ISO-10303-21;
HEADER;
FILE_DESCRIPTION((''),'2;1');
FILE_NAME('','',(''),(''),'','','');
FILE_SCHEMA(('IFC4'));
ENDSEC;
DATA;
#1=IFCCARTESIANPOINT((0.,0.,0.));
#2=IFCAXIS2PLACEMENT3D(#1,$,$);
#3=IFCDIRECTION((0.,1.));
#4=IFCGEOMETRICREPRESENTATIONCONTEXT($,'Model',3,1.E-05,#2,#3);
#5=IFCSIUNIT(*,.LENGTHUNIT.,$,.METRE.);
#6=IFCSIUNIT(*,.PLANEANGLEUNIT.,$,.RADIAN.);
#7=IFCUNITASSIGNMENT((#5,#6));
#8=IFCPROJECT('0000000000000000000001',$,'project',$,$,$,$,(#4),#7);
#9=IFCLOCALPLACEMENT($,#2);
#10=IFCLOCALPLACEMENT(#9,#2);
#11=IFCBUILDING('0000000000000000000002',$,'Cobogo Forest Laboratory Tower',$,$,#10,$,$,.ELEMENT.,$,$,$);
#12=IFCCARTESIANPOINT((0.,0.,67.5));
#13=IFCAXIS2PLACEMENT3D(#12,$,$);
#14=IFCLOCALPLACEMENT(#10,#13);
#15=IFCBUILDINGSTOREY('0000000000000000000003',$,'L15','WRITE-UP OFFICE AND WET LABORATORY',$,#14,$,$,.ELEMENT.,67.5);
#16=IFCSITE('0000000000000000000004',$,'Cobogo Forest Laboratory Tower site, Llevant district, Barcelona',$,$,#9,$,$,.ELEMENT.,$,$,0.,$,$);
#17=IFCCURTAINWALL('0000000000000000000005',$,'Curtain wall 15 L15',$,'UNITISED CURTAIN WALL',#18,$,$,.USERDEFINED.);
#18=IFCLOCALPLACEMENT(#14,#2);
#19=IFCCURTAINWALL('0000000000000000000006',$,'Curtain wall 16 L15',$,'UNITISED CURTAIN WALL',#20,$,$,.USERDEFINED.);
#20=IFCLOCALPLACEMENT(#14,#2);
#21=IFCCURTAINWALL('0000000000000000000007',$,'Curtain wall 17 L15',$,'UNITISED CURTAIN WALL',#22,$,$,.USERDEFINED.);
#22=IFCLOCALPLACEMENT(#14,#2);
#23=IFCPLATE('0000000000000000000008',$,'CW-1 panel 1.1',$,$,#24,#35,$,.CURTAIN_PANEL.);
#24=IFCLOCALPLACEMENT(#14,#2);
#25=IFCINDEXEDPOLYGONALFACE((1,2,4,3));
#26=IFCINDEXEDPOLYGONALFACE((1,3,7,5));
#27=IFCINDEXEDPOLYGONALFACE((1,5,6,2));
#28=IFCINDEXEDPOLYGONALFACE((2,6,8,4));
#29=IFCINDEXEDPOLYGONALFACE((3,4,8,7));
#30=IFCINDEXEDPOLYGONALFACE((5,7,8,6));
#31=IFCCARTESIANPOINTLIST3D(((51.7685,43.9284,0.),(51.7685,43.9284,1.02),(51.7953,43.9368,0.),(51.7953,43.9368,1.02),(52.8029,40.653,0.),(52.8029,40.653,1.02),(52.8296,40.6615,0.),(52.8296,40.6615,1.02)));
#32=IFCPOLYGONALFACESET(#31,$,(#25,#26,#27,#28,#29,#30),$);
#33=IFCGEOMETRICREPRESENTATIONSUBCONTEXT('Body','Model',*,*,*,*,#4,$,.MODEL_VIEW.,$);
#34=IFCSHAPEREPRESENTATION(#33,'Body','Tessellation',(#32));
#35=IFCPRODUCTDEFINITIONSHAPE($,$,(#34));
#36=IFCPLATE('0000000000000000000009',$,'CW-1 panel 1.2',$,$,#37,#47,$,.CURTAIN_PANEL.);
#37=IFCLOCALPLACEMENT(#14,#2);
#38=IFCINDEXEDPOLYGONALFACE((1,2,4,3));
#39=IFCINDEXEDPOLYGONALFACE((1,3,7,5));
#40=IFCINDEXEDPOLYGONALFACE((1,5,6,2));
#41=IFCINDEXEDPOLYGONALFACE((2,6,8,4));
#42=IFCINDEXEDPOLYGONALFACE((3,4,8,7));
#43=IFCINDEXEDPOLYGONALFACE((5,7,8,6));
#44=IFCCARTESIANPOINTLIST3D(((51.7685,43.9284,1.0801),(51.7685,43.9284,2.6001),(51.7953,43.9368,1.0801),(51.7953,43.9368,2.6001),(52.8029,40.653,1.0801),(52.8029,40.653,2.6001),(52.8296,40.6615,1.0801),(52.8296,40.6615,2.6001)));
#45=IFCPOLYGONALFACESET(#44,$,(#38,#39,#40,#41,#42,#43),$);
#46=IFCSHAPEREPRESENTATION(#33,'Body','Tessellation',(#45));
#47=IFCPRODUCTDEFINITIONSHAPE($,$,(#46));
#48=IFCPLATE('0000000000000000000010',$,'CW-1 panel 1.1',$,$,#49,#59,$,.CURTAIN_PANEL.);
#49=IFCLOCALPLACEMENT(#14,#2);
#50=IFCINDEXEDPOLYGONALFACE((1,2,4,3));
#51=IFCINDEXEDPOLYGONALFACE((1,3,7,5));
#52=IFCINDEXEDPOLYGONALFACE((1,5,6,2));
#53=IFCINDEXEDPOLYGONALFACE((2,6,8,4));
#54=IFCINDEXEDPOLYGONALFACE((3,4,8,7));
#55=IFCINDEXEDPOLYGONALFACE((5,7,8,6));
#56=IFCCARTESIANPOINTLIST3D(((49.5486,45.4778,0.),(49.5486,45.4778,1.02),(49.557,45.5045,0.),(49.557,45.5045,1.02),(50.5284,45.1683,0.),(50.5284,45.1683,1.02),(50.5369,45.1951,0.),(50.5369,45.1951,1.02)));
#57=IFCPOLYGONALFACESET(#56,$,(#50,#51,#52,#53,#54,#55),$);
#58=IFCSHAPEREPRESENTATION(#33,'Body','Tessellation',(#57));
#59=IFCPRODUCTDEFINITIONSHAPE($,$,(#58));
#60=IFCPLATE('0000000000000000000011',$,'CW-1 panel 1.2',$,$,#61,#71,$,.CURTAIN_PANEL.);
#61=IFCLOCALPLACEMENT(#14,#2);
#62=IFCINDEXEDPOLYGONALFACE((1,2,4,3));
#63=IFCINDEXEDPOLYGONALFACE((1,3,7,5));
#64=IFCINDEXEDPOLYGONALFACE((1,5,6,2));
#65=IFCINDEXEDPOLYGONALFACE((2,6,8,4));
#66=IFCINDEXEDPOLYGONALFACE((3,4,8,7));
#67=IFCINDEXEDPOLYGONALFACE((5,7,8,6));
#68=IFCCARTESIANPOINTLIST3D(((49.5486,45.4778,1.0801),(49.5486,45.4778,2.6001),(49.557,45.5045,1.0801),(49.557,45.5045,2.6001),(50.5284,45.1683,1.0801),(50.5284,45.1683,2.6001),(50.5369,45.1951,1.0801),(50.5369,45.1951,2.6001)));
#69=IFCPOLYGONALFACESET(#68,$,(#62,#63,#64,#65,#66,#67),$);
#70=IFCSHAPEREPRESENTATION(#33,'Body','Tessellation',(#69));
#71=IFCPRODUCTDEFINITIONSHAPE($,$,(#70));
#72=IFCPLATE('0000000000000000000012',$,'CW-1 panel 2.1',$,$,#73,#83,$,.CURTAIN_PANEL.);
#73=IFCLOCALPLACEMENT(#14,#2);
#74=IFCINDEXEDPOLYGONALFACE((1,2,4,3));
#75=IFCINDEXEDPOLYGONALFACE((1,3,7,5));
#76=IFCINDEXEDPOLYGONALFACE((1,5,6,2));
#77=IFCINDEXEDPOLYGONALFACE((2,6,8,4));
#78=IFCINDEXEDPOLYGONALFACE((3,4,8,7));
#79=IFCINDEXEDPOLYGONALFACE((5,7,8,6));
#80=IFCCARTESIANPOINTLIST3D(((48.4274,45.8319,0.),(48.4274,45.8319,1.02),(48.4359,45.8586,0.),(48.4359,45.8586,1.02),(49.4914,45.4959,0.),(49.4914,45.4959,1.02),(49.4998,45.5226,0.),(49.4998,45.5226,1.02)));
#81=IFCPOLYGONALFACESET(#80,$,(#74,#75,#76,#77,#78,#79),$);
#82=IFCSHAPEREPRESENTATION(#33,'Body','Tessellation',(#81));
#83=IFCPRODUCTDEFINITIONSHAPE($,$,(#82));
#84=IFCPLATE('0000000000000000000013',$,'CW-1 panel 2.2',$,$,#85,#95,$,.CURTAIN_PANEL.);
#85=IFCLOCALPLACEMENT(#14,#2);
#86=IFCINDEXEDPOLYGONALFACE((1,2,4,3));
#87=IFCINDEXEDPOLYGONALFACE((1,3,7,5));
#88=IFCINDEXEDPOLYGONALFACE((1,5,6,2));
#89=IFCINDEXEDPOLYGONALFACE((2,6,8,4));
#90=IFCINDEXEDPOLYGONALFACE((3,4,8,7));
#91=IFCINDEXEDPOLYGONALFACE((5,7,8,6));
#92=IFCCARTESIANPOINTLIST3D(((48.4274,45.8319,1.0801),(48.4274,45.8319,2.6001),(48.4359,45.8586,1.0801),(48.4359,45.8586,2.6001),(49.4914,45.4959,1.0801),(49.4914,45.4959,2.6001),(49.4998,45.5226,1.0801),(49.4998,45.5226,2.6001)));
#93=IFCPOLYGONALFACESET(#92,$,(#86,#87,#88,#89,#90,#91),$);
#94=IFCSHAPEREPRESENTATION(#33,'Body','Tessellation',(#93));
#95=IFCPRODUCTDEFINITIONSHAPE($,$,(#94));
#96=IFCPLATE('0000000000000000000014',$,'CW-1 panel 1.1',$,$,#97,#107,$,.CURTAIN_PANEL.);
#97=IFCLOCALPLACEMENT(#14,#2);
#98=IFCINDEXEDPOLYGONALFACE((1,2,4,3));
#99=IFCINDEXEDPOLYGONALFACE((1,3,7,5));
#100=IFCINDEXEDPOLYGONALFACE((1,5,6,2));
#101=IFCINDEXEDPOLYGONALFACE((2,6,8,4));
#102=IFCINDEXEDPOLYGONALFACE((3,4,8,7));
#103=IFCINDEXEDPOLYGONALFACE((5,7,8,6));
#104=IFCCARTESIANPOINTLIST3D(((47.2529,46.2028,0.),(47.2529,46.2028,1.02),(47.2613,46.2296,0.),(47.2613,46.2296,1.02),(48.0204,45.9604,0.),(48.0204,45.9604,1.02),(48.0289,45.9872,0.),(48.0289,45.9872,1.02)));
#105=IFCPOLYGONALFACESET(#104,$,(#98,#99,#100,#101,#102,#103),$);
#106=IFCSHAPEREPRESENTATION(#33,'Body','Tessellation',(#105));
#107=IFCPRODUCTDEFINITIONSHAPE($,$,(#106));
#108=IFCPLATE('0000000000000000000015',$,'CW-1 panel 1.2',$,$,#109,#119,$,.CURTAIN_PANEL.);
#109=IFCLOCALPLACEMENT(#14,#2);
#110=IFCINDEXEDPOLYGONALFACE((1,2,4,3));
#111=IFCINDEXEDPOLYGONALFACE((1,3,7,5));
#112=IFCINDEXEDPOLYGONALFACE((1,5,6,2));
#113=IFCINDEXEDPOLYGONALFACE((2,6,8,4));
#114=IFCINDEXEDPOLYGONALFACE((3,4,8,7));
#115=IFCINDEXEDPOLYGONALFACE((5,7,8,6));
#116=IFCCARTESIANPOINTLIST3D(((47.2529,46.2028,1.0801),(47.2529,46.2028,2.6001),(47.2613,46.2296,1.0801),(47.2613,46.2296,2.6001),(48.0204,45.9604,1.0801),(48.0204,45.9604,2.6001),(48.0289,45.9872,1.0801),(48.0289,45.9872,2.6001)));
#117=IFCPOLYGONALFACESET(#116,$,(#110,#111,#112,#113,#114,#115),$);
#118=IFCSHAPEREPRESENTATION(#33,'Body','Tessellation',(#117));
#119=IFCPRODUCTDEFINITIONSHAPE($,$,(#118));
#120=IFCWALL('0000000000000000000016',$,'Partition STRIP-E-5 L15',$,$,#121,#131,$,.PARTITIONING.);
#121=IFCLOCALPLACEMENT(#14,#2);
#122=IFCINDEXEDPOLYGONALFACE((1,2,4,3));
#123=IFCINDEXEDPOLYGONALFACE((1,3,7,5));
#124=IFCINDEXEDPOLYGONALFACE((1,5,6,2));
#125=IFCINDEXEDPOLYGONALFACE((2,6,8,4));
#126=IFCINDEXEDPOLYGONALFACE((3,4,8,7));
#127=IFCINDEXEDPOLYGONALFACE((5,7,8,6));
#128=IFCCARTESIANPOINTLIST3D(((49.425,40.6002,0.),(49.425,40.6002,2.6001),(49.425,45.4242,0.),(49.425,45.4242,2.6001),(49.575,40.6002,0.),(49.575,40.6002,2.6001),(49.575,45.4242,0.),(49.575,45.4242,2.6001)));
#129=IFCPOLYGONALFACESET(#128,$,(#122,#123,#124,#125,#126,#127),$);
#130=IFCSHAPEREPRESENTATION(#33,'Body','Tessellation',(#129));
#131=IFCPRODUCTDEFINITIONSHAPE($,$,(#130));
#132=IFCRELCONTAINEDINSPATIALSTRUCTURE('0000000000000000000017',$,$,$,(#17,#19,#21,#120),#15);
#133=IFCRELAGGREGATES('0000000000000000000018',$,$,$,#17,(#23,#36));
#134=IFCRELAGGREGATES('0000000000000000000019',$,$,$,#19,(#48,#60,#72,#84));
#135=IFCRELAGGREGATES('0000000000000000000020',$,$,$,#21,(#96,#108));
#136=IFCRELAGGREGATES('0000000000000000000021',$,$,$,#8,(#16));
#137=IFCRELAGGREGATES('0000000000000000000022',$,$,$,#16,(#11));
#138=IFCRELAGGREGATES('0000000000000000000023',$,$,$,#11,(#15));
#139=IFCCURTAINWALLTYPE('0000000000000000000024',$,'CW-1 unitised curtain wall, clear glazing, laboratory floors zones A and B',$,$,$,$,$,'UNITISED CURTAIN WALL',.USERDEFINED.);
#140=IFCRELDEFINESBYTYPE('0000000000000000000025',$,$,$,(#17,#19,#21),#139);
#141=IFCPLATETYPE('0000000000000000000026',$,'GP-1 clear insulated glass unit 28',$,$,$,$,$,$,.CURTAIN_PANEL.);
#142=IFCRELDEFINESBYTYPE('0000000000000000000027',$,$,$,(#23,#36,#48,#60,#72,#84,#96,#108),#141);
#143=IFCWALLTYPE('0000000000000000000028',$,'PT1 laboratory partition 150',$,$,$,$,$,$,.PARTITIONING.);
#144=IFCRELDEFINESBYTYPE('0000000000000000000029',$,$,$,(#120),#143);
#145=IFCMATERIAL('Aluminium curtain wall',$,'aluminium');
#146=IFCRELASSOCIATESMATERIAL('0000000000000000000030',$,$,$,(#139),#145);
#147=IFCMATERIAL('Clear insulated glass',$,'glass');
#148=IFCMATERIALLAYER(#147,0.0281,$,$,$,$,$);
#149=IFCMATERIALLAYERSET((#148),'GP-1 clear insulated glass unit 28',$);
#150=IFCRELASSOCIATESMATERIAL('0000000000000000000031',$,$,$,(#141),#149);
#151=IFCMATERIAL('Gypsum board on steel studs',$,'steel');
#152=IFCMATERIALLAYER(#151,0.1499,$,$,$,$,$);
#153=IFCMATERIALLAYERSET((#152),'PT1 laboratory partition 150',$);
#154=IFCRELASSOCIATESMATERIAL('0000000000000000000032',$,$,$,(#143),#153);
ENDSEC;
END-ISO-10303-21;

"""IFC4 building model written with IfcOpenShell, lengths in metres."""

from ifc_helpers import new_model, si_unit, direction, frame, frame_2d, origin, origin_2d, place, context, subcontext, project, spatial, rectangle, extrude, material, layer, layer_set, type_object, element, aggregate, save


model = new_model("IFC4")

# Units and contexts
model_context = context("Model", 3, precision=1e-05, world=origin(), true_north=direction((0.0, 1.0)))
body_context = subcontext(model_context, "Body", "Model", "MODEL_VIEW")
ifc_project = project(units=[si_unit("LENGTHUNIT", "METRE"), si_unit("PLANEANGLEUNIT", "RADIAN")], contexts=[model_context])

# Site, building, storey
site_placement = place(None, origin())
site = spatial("IfcSite", under=ifc_project, at=site_placement, Name="Cobogo Forest Laboratory Tower site, Llevant district, Barcelona", CompositionType="ELEMENT", RefElevation=0.0)
building_placement = place(site_placement, origin())
building = spatial("IfcBuilding", under=site, at=building_placement, Name="Cobogo Forest Laboratory Tower", CompositionType="ELEMENT")
storey_placement = place(building_placement, frame((0.0, 0.0, 67.5)))
storey = spatial("IfcBuildingStorey", under=building, at=storey_placement, Name="L15", Description="WRITE-UP OFFICE AND WET LABORATORY", CompositionType="ELEMENT", Elevation=67.5)

# Curtain walls
ifc_material_1 = material(Name="Aluminium curtain wall", Category="aluminium")
curtain_wall_type = type_object("IfcCurtainWallType", Name="CW-1 unitised curtain wall, clear glazing, laboratory floors zones A and B", ElementType="UNITISED CURTAIN WALL", PredefinedType="USERDEFINED", material=ifc_material_1)
curtain_wall_1_placement = place(storey_placement, origin())
curtain_wall_1 = element("IfcCurtainWall", 1, at=curtain_wall_1_placement, inside=storey, type_object=curtain_wall_type, Name="Curtain wall 15 L15", ObjectType="UNITISED CURTAIN WALL", PredefinedType="USERDEFINED")
curtain_wall_2_placement = place(storey_placement, origin())
curtain_wall_2 = element("IfcCurtainWall", 2, at=curtain_wall_2_placement, inside=storey, type_object=curtain_wall_type, Name="Curtain wall 16 L15", ObjectType="UNITISED CURTAIN WALL", PredefinedType="USERDEFINED")
curtain_wall_3_placement = place(storey_placement, origin())
curtain_wall_3 = element("IfcCurtainWall", 3, at=curtain_wall_3_placement, inside=storey, type_object=curtain_wall_type, Name="Curtain wall 17 L15", ObjectType="UNITISED CURTAIN WALL", PredefinedType="USERDEFINED")

# Plates
ifc_material_2 = material(Name="Clear insulated glass", Category="glass")
ifc_layer_1 = layer(ifc_material_2, 0.0281)
ifc_layer_set_1 = layer_set([ifc_layer_1], Name="GP-1 clear insulated glass unit 28")
plate_type = type_object("IfcPlateType", Name="GP-1 clear insulated glass unit 28", PredefinedType="CURTAIN_PANEL", material=ifc_layer_set_1)
plate_1_placement = place(storey_placement, frame((52.2991, 42.2949, 0.0), z_axis=(0.0, 0.0, 1.0), x_axis=(-0.301135, 0.953581, 0.0)))
plate_1 = element("IfcPlate", 4, at=plate_1_placement, type_object=plate_type, Name="CW-1 panel 1.1", PredefinedType="CURTAIN_PANEL", context=body_context, shape_type="SweptSolid", body=[
    extrude(rectangle(XDim=3.4348, YDim=0.0281, at=origin_2d()), origin(), (0.0, 0.0, 1.0), 1.02),
])
plate_2_placement = place(storey_placement, frame((52.2991, 42.2949, 1.0801), z_axis=(0.0, 0.0, 1.0), x_axis=(-0.301135, 0.953581, 0.0)))
plate_2 = element("IfcPlate", 5, at=plate_2_placement, type_object=plate_type, Name="CW-1 panel 1.2", PredefinedType="CURTAIN_PANEL", context=body_context, shape_type="SweptSolid", body=[
    extrude(rectangle(XDim=3.4348, YDim=0.0281, at=origin_2d()), origin(), (0.0, 0.0, 1.0), 1.52),
])
aggregate(curtain_wall_1, [plate_1, plate_2])
plate_3_placement = place(storey_placement, frame((50.0427, 45.3364, 0.0), z_axis=(0.0, 0.0, 1.0), x_axis=(-0.953581, 0.301135, 0.0)))
plate_3 = element("IfcPlate", 6, at=plate_3_placement, type_object=plate_type, Name="CW-1 panel 1.1", PredefinedType="CURTAIN_PANEL", context=body_context, shape_type="SweptSolid", body=[
    extrude(rectangle(XDim=1.0276, YDim=0.0281, at=origin_2d()), origin(), (0.0, 0.0, 1.0), 1.02),
])
plate_4_placement = place(storey_placement, frame((50.0427, 45.3364, 1.0801), z_axis=(0.0, 0.0, 1.0), x_axis=(-0.953581, 0.301135, 0.0)))
plate_4 = element("IfcPlate", 7, at=plate_4_placement, type_object=plate_type, Name="CW-1 panel 1.2", PredefinedType="CURTAIN_PANEL", context=body_context, shape_type="SweptSolid", body=[
    extrude(rectangle(XDim=1.0276, YDim=0.0281, at=origin_2d()), origin(), (0.0, 0.0, 1.0), 1.52),
])
plate_5_placement = place(storey_placement, frame((48.9636, 45.6772, 0.0), z_axis=(0.0, 0.0, 1.0), x_axis=(-0.953581, 0.301135, 0.0)))
plate_5 = element("IfcPlate", 8, at=plate_5_placement, type_object=plate_type, Name="CW-1 panel 2.1", PredefinedType="CURTAIN_PANEL", context=body_context, shape_type="SweptSolid", body=[
    extrude(rectangle(XDim=1.1157, YDim=0.0281, at=origin_2d()), origin(), (0.0, 0.0, 1.0), 1.02),
])
plate_6_placement = place(storey_placement, frame((48.9636, 45.6772, 1.0801), z_axis=(0.0, 0.0, 1.0), x_axis=(-0.953581, 0.301135, 0.0)))
plate_6 = element("IfcPlate", 9, at=plate_6_placement, type_object=plate_type, Name="CW-1 panel 2.2", PredefinedType="CURTAIN_PANEL", context=body_context, shape_type="SweptSolid", body=[
    extrude(rectangle(XDim=1.1157, YDim=0.0281, at=origin_2d()), origin(), (0.0, 0.0, 1.0), 1.52),
])
aggregate(curtain_wall_2, [plate_3, plate_4, plate_5, plate_6])
plate_7_placement = place(storey_placement, frame((47.6409, 46.095, 0.0), z_axis=(0.0, 0.0, 1.0), x_axis=(-0.953581, 0.301135, 0.0)))
plate_7 = element("IfcPlate", 10, at=plate_7_placement, type_object=plate_type, Name="CW-1 panel 1.1", PredefinedType="CURTAIN_PANEL", context=body_context, shape_type="SweptSolid", body=[
    extrude(rectangle(XDim=0.8049, YDim=0.0281, at=origin_2d()), origin(), (0.0, 0.0, 1.0), 1.02),
])
plate_8_placement = place(storey_placement, frame((47.6409, 46.095, 1.0801), z_axis=(0.0, 0.0, 1.0), x_axis=(-0.953581, 0.301135, 0.0)))
plate_8 = element("IfcPlate", 11, at=plate_8_placement, type_object=plate_type, Name="CW-1 panel 1.2", PredefinedType="CURTAIN_PANEL", context=body_context, shape_type="SweptSolid", body=[
    extrude(rectangle(XDim=0.8049, YDim=0.0281, at=origin_2d()), origin(), (0.0, 0.0, 1.0), 1.52),
])
aggregate(curtain_wall_3, [plate_7, plate_8])

# Wall
ifc_material_3 = material(Name="Gypsum board on steel studs", Category="steel")
ifc_layer_2 = layer(ifc_material_3, 0.1499)
ifc_layer_set_2 = layer_set([ifc_layer_2], Name="PT1 laboratory partition 150")
wall_type = type_object("IfcWallType", Name="PT1 laboratory partition 150", PredefinedType="PARTITIONING", material=ifc_layer_set_2)
wall_placement = place(storey_placement, frame((49.5, 40.6001, 0.0), z_axis=(0.0, 0.0, 1.0), x_axis=(0.0, 1.0, 0.0)))
element("IfcWall", 12, at=wall_placement, inside=storey, type_object=wall_type, Name="Partition STRIP-E-5 L15", PredefinedType="PARTITIONING", context=body_context, shape_type="SweptSolid", body=[
    extrude(rectangle(XDim=4.824, YDim=0.1499, at=frame_2d((2.4121, 0.0))), origin(), (0.0, 0.0, 1.0), 2.6001),
])

save(model, "model.ifc")
